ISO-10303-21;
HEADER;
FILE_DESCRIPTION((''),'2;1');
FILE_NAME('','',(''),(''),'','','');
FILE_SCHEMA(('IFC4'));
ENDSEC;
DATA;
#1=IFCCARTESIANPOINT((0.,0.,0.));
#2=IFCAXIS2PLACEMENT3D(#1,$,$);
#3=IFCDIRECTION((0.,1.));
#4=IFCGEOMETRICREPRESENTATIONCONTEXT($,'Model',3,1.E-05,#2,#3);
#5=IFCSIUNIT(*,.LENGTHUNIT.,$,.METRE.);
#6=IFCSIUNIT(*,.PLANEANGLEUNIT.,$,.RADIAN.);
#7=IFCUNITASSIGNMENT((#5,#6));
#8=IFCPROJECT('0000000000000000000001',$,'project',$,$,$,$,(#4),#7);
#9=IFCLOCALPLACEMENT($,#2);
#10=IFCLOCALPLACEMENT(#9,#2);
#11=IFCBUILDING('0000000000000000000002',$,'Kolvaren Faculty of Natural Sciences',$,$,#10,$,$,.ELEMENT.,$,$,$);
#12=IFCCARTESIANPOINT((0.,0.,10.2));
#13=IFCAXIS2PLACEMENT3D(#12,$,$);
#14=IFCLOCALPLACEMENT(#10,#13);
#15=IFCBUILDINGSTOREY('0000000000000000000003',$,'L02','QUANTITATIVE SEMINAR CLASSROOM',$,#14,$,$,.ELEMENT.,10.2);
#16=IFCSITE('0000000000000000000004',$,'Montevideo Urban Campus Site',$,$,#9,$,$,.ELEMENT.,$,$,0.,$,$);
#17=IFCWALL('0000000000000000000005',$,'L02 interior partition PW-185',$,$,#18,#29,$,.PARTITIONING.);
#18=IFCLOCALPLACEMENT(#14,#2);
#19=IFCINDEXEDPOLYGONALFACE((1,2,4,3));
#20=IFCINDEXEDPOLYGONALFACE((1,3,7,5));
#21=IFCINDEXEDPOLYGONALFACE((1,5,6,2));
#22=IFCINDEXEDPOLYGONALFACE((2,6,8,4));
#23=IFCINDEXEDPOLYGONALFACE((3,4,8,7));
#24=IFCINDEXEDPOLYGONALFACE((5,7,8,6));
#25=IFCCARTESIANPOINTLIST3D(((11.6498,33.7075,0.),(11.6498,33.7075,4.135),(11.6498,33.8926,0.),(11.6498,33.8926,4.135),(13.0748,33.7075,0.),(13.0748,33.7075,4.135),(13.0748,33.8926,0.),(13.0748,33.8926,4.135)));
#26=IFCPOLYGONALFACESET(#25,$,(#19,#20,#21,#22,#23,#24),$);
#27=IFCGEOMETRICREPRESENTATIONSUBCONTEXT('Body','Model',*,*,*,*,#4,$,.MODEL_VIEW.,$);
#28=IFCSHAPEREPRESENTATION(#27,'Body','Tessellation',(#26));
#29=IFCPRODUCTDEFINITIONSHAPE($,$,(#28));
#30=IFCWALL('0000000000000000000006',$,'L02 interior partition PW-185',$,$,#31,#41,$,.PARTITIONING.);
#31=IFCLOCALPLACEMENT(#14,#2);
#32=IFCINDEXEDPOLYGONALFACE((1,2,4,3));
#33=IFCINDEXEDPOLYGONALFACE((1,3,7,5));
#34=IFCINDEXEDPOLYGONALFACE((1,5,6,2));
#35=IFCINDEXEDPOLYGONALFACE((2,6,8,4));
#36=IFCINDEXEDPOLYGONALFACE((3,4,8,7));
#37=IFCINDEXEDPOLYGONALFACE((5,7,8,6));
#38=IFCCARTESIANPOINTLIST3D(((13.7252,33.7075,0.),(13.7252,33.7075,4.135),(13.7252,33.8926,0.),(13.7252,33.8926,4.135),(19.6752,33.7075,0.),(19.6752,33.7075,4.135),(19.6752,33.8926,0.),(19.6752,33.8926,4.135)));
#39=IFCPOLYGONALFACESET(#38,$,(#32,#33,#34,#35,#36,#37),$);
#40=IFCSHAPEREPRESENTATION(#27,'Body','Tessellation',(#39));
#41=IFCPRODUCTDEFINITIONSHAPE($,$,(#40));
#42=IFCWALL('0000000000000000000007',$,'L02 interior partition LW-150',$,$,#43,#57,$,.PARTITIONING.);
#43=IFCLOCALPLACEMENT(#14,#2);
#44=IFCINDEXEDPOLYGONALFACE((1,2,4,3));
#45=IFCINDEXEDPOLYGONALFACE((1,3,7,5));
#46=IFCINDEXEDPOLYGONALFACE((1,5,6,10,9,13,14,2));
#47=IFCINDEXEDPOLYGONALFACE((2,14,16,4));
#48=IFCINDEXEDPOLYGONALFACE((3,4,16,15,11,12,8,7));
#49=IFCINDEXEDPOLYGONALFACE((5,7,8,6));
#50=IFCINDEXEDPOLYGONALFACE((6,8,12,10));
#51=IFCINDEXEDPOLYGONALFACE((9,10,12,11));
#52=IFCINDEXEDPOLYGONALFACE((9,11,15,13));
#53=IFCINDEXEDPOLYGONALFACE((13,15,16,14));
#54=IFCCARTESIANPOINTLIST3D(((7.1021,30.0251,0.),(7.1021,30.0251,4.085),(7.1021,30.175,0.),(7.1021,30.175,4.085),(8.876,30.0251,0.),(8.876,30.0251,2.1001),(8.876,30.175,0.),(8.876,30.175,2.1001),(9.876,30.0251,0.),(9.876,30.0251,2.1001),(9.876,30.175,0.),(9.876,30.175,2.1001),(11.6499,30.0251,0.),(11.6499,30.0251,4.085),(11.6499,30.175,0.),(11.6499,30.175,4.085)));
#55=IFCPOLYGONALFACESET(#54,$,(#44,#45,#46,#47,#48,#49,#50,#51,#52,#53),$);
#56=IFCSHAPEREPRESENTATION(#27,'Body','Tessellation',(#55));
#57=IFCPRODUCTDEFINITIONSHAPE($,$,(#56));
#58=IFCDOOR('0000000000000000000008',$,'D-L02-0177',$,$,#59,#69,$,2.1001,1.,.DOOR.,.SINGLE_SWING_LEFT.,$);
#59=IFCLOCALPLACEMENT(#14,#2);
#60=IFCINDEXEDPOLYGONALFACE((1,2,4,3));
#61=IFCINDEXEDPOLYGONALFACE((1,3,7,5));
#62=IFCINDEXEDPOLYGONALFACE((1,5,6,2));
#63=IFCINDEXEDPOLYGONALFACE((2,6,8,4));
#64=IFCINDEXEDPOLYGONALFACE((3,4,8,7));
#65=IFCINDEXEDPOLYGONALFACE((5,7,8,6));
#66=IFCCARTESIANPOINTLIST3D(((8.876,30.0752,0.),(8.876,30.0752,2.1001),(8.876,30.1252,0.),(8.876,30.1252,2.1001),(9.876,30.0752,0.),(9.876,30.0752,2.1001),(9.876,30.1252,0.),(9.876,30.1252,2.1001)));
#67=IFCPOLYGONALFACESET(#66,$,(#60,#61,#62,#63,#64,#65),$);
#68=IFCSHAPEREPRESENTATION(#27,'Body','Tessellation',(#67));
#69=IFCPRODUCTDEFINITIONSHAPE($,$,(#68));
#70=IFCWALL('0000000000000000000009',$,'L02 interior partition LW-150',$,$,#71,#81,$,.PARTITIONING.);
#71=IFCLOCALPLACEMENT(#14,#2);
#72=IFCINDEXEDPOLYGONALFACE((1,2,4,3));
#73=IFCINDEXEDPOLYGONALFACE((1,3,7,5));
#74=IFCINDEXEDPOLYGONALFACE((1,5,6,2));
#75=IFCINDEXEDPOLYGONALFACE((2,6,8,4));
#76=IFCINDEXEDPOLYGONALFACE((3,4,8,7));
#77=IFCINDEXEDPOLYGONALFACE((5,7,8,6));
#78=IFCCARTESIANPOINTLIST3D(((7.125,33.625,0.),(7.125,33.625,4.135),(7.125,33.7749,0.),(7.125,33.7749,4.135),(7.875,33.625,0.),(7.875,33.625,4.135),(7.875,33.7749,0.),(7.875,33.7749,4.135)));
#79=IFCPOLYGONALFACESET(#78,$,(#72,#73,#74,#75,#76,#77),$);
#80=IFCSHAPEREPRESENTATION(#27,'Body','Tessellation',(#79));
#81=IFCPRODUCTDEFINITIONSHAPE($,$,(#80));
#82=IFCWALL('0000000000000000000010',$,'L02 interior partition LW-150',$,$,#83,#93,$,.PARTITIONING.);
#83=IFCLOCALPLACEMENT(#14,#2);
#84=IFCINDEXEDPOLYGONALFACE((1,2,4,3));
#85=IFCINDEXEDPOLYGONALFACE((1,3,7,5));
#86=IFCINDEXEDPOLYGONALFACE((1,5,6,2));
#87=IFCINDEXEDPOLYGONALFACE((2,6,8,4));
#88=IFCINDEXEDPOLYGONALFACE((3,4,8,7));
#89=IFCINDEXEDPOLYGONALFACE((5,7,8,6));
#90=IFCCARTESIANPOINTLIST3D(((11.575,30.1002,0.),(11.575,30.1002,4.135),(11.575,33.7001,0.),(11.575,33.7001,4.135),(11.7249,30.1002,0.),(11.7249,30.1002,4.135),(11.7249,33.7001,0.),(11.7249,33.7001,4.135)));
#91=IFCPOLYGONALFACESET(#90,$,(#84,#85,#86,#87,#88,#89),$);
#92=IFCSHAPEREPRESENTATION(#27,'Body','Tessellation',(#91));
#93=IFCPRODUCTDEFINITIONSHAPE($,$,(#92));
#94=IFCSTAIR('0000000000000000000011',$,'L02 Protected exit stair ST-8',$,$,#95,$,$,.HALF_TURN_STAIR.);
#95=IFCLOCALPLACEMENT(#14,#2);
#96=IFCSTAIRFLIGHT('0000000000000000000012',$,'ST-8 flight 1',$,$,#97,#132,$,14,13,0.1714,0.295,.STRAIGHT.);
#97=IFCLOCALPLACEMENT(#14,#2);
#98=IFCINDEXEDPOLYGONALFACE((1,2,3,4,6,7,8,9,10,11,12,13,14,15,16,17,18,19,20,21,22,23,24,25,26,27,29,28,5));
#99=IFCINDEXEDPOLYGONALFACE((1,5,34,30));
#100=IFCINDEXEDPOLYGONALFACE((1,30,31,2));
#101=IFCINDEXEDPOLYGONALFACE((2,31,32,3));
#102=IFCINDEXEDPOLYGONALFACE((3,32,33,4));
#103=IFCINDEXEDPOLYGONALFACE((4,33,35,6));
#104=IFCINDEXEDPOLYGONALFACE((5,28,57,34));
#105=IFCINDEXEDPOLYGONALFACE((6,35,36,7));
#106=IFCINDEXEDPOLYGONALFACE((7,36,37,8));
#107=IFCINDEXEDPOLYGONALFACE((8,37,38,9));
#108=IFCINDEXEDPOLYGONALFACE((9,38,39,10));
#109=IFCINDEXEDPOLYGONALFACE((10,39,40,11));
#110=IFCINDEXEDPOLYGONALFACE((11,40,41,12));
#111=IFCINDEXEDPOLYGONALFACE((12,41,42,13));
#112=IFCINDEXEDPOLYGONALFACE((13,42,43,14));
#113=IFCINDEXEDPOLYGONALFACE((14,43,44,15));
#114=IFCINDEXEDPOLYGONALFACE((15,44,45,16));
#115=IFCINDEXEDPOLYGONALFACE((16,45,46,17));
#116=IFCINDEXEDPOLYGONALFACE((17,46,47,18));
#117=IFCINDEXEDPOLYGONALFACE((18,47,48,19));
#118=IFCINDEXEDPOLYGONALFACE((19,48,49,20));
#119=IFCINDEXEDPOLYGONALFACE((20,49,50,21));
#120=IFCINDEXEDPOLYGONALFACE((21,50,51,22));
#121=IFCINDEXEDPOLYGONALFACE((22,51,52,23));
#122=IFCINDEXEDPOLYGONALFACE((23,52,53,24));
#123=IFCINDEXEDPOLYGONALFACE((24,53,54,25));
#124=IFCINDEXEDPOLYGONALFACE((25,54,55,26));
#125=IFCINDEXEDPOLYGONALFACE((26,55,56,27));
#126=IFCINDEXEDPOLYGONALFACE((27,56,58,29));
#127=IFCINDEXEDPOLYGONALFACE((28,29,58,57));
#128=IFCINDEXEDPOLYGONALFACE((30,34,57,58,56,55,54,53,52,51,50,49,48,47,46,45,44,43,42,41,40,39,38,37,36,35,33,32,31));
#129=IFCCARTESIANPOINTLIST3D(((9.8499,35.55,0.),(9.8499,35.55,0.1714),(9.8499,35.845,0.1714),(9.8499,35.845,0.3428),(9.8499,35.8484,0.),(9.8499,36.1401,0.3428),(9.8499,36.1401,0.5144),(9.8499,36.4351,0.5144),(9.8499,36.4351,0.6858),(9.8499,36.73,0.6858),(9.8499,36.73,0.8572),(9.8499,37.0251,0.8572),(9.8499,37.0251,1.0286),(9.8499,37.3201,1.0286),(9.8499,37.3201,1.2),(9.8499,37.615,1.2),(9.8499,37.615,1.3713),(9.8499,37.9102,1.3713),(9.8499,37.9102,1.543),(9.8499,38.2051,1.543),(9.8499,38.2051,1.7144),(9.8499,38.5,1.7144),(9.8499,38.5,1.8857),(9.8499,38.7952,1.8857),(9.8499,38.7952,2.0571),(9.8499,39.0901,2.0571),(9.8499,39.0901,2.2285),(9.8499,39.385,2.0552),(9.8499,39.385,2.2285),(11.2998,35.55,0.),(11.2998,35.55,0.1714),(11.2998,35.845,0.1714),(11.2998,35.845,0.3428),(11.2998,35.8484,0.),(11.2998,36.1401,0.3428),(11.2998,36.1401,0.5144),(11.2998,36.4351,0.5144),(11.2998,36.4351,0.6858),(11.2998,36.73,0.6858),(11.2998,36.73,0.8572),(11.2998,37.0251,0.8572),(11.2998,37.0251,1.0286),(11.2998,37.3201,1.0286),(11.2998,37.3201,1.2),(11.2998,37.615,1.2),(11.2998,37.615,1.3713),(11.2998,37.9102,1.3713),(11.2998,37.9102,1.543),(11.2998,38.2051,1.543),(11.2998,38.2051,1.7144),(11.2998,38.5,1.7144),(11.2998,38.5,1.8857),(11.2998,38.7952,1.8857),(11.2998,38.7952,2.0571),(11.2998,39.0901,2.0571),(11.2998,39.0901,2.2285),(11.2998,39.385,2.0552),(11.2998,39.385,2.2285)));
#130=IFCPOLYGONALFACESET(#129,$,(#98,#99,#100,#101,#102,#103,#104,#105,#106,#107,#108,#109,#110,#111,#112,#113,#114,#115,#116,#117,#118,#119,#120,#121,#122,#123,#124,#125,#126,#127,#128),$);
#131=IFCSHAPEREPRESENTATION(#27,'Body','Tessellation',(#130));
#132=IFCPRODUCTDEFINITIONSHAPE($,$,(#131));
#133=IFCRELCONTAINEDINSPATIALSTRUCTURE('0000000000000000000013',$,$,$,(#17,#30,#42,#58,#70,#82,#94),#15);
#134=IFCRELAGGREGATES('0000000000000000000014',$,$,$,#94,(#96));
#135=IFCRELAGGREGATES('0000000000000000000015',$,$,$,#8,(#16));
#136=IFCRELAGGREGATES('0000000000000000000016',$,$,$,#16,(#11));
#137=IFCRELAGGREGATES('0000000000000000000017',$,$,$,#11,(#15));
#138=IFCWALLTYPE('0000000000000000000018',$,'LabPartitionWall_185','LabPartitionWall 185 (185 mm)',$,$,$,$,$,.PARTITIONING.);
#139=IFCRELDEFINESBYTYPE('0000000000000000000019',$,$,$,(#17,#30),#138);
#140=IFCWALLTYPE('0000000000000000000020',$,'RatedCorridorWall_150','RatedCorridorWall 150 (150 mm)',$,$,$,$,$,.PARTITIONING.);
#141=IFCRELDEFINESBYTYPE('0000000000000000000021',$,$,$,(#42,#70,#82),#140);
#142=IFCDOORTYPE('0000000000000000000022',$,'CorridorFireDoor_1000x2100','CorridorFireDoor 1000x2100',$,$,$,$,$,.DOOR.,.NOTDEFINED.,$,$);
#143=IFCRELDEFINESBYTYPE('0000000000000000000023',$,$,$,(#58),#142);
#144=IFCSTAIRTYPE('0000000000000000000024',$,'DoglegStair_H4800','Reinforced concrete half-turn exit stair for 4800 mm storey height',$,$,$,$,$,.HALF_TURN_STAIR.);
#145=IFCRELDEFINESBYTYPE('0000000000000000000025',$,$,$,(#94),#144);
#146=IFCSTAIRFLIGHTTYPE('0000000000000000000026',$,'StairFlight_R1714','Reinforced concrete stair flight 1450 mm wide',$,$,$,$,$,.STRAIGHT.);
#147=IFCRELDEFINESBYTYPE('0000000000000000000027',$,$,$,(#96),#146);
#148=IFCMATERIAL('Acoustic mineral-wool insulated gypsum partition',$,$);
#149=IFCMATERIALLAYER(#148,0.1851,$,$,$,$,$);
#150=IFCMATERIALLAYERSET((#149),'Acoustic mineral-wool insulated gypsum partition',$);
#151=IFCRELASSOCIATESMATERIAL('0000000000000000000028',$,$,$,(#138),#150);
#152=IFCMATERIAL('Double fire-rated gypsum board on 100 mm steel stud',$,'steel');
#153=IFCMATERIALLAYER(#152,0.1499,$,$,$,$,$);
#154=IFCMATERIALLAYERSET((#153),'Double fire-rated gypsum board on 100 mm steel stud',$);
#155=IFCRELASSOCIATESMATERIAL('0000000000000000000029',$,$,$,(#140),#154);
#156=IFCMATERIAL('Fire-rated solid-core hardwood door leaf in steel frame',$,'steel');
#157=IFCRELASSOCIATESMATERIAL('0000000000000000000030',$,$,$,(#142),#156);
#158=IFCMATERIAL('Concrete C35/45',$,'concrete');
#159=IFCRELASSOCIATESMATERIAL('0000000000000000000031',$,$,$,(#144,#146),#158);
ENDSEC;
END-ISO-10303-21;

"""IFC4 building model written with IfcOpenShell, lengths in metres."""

from ifc_helpers import new_model, si_unit, direction, frame, frame_2d, origin, place, context, subcontext, project, spatial, polyline, rectangle, outline, extrude, material, layer, layer_set, type_object, element, fill, aggregate, save


model = new_model("IFC4")

# Units and contexts
model_context = context("Model", 3, precision=1e-05, world=origin(), true_north=direction((0.0, 1.0)))
body_context = subcontext(model_context, "Body", "Model", "MODEL_VIEW")
ifc_project = project(units=[si_unit("LENGTHUNIT", "METRE"), si_unit("PLANEANGLEUNIT", "RADIAN")], contexts=[model_context])

# Site, building, storey
site_placement = place(None, origin())
site = spatial("IfcSite", under=ifc_project, at=site_placement, Name="Montevideo Urban Campus Site", CompositionType="ELEMENT", RefElevation=0.0)
building_placement = place(site_placement, origin())
building = spatial("IfcBuilding", under=site, at=building_placement, Name="Kolvaren Faculty of Natural Sciences", CompositionType="ELEMENT")
storey_placement = place(building_placement, frame((0.0, 0.0, 10.2)))
storey = spatial("IfcBuildingStorey", under=building, at=storey_placement, Name="L02", Description="QUANTITATIVE SEMINAR CLASSROOM", CompositionType="ELEMENT", Elevation=10.2)

# Shared definitions
ifc_material_1 = material(Name="Concrete C35/45", Category="concrete")

# Shared definitions
ifc_material_2 = material(Name="Fire-rated solid-core hardwood door leaf in steel frame", Category="steel")

# Walls
ifc_material_3 = material(Name="Acoustic mineral-wool insulated gypsum partition")
ifc_layer_1 = layer(ifc_material_3, 0.1851)
ifc_layer_set_1 = layer_set([ifc_layer_1], Name="Acoustic mineral-wool insulated gypsum partition")
wall_type_1 = type_object("IfcWallType", Name="LabPartitionWall_185", Description="LabPartitionWall 185 (185 mm)", PredefinedType="PARTITIONING", material=ifc_layer_set_1)
wall_1_placement = place(storey_placement, frame((11.6499, 33.8, 0.0), z_axis=(0.0, 0.0, 1.0), x_axis=(1.0, 0.0, 0.0)))
element("IfcWall", 1, at=wall_1_placement, inside=storey, type_object=wall_type_1, Name="L02 interior partition PW-185", PredefinedType="PARTITIONING", context=body_context, shape_type="SweptSolid", body=[
    extrude(rectangle(XDim=1.425, YDim=0.1851, at=frame_2d((0.7124, 0.0))), origin(), (0.0, 0.0, 1.0), 4.135),
])
wall_2_placement = place(storey_placement, frame((13.7251, 33.8, 0.0), z_axis=(0.0, 0.0, 1.0), x_axis=(1.0, 0.0, 0.0)))
element("IfcWall", 2, at=wall_2_placement, inside=storey, type_object=wall_type_1, Name="L02 interior partition PW-185", PredefinedType="PARTITIONING", context=body_context, shape_type="SweptSolid", body=[
    extrude(rectangle(XDim=5.95, YDim=0.1851, at=frame_2d((2.9751, 0.0))), origin(), (0.0, 0.0, 1.0), 4.135),
])

# Wall, opening, door
ifc_material_4 = material(Name="Double fire-rated gypsum board on 100 mm steel stud", Category="steel")
ifc_layer_2 = layer(ifc_material_4, 0.1499)
ifc_layer_set_2 = layer_set([ifc_layer_2], Name="Double fire-rated gypsum board on 100 mm steel stud")
wall_type_2 = type_object("IfcWallType", Name="RatedCorridorWall_150", Description="RatedCorridorWall 150 (150 mm)", PredefinedType="PARTITIONING", material=ifc_layer_set_2)
wall_3_placement = place(storey_placement, frame((11.6499, 30.1001, 0.0), z_axis=(0.0, 0.0, 1.0), x_axis=(-1.0, 0.0, 0.0)))
wall_3 = element("IfcWall", 3, at=wall_3_placement, inside=storey, type_object=wall_type_2, Name="L02 interior partition LW-150", PredefinedType="PARTITIONING", context=body_context, shape_type="SweptSolid", body=[
    extrude(rectangle(XDim=4.5479, YDim=0.1499, at=frame_2d((2.2739, 0.0))), origin(), (0.0, 0.0, 1.0), 4.085),
])
opening_1_placement = place(wall_3_placement, frame((1.7739, 0.0, 0.0)))
opening_1 = element("IfcOpeningElement", 4, at=opening_1_placement, cuts=wall_3, PredefinedType="OPENING", context=body_context, shape_type="SweptSolid", body=[
    extrude(rectangle(XDim=1.0, YDim=2.1001, at=frame_2d((0.5, 1.05))), frame((0.0, 0.085, 0.0), z_axis=(0.0, -1.0, 0.0), x_axis=(1.0, 0.0, 0.0)), (0.0, 0.0, 1.0), 0.1699),
])
door_type_1 = type_object("IfcDoorType", Name="CorridorFireDoor_1000x2100", Description="CorridorFireDoor 1000x2100", OperationType="NOTDEFINED", PredefinedType="DOOR", material=ifc_material_2)
door_1_placement = place(opening_1_placement, origin())
door_1 = element("IfcDoor", 5, at=door_1_placement, inside=storey, type_object=door_type_1, Name="D-L02-0177", OperationType="SINGLE_SWING_LEFT", OverallHeight=2.1001, OverallWidth=1.0, PredefinedType="DOOR", context=body_context, shape_type="SweptSolid", body=[
    extrude(rectangle(XDim=1.0, YDim=2.1001, at=frame_2d((0.5, 1.05))), frame((0.0, 0.0249, 0.0), z_axis=(0.0, -1.0, 0.0), x_axis=(1.0, 0.0, 0.0)), (0.0, 0.0, 1.0), 0.05),
])
fill(opening_1, door_1)

# Walls
wall_4_placement = place(storey_placement, frame((7.125, 33.7, 0.0), z_axis=(0.0, 0.0, 1.0), x_axis=(1.0, 0.0, 0.0)))
element("IfcWall", 6, at=wall_4_placement, inside=storey, type_object=wall_type_2, Name="L02 interior partition LW-150", PredefinedType="PARTITIONING", context=body_context, shape_type="SweptSolid", body=[
    extrude(rectangle(XDim=0.75, YDim=0.1499, at=frame_2d((0.375, 0.0))), origin(), (0.0, 0.0, 1.0), 4.135),
])
wall_5_placement = place(storey_placement, frame((11.6499, 33.7, 0.0), z_axis=(0.0, 0.0, 1.0), x_axis=(0.0, -1.0, 0.0)))
element("IfcWall", 7, at=wall_5_placement, inside=storey, type_object=wall_type_2, Name="L02 interior partition LW-150", PredefinedType="PARTITIONING", context=body_context, shape_type="SweptSolid", body=[
    extrude(rectangle(XDim=3.5999, YDim=0.1499, at=frame_2d((1.7998, 0.0))), origin(), (0.0, 0.0, 1.0), 4.135),
])

# Stair, stair flight
stair_type = type_object("IfcStairType", Name="DoglegStair_H4800", Description="Reinforced concrete half-turn exit stair for 4800 mm storey height", PredefinedType="HALF_TURN_STAIR", material=ifc_material_1)
stair_placement = place(storey_placement, origin())
stair = element("IfcStair", 8, at=stair_placement, inside=storey, type_object=stair_type, Name="L02 Protected exit stair ST-8", PredefinedType="HALF_TURN_STAIR")
stair_flight_type = type_object("IfcStairFlightType", Name="StairFlight_R1714", Description="Reinforced concrete stair flight 1450 mm wide", PredefinedType="STRAIGHT", material=ifc_material_1)
stair_flight_placement = place(storey_placement, frame((10.575, 35.55, 0.0), z_axis=(0.0, 0.0, 1.0), x_axis=(0.0, 1.0, 0.0)))
stair_flight = element("IfcStairFlight", 9, at=stair_flight_placement, type_object=stair_flight_type, Name="ST-8 flight 1", NumberOfRisers=14, NumberOfTreads=13, PredefinedType="STRAIGHT", RiserHeight=0.1714, TreadLength=0.295, context=body_context, shape_type="SweptSolid", body=[
    extrude(outline(polyline([(0.0, 0.0), (0.0, 0.1714), (0.2949, 0.1714), (0.2949, 0.3428), (0.5901, 0.3428), (0.5901, 0.5144), (0.885, 0.5144), (0.885, 0.6858), (1.1799, 0.6858), (1.1799, 0.8572), (1.4751, 0.8572), (1.4751, 1.0286), (1.77, 1.0286), (1.77, 1.2), (2.0649, 1.2), (2.0649, 1.3713), (2.3601, 1.3713), (2.3601, 1.543), (2.655, 1.543), (2.655, 1.7144), (2.95, 1.7144), (2.95, 1.8857), (3.2451, 1.8857), (3.2451, 2.0571), (3.54, 2.0571), (3.54, 2.2285), (3.835, 2.2285), (3.835, 2.3999), (3.835, 2.0552), (0.2983, 0.0), (0.0, 0.0)])), frame((0.0, 0.7251, 0.0), z_axis=(0.0, -1.0, 0.0), x_axis=(1.0, 0.0, 0.0)), (0.0, 0.0, 1.0), 1.45),
])
aggregate(stair, [stair_flight])

save(model, "model.ifc")
